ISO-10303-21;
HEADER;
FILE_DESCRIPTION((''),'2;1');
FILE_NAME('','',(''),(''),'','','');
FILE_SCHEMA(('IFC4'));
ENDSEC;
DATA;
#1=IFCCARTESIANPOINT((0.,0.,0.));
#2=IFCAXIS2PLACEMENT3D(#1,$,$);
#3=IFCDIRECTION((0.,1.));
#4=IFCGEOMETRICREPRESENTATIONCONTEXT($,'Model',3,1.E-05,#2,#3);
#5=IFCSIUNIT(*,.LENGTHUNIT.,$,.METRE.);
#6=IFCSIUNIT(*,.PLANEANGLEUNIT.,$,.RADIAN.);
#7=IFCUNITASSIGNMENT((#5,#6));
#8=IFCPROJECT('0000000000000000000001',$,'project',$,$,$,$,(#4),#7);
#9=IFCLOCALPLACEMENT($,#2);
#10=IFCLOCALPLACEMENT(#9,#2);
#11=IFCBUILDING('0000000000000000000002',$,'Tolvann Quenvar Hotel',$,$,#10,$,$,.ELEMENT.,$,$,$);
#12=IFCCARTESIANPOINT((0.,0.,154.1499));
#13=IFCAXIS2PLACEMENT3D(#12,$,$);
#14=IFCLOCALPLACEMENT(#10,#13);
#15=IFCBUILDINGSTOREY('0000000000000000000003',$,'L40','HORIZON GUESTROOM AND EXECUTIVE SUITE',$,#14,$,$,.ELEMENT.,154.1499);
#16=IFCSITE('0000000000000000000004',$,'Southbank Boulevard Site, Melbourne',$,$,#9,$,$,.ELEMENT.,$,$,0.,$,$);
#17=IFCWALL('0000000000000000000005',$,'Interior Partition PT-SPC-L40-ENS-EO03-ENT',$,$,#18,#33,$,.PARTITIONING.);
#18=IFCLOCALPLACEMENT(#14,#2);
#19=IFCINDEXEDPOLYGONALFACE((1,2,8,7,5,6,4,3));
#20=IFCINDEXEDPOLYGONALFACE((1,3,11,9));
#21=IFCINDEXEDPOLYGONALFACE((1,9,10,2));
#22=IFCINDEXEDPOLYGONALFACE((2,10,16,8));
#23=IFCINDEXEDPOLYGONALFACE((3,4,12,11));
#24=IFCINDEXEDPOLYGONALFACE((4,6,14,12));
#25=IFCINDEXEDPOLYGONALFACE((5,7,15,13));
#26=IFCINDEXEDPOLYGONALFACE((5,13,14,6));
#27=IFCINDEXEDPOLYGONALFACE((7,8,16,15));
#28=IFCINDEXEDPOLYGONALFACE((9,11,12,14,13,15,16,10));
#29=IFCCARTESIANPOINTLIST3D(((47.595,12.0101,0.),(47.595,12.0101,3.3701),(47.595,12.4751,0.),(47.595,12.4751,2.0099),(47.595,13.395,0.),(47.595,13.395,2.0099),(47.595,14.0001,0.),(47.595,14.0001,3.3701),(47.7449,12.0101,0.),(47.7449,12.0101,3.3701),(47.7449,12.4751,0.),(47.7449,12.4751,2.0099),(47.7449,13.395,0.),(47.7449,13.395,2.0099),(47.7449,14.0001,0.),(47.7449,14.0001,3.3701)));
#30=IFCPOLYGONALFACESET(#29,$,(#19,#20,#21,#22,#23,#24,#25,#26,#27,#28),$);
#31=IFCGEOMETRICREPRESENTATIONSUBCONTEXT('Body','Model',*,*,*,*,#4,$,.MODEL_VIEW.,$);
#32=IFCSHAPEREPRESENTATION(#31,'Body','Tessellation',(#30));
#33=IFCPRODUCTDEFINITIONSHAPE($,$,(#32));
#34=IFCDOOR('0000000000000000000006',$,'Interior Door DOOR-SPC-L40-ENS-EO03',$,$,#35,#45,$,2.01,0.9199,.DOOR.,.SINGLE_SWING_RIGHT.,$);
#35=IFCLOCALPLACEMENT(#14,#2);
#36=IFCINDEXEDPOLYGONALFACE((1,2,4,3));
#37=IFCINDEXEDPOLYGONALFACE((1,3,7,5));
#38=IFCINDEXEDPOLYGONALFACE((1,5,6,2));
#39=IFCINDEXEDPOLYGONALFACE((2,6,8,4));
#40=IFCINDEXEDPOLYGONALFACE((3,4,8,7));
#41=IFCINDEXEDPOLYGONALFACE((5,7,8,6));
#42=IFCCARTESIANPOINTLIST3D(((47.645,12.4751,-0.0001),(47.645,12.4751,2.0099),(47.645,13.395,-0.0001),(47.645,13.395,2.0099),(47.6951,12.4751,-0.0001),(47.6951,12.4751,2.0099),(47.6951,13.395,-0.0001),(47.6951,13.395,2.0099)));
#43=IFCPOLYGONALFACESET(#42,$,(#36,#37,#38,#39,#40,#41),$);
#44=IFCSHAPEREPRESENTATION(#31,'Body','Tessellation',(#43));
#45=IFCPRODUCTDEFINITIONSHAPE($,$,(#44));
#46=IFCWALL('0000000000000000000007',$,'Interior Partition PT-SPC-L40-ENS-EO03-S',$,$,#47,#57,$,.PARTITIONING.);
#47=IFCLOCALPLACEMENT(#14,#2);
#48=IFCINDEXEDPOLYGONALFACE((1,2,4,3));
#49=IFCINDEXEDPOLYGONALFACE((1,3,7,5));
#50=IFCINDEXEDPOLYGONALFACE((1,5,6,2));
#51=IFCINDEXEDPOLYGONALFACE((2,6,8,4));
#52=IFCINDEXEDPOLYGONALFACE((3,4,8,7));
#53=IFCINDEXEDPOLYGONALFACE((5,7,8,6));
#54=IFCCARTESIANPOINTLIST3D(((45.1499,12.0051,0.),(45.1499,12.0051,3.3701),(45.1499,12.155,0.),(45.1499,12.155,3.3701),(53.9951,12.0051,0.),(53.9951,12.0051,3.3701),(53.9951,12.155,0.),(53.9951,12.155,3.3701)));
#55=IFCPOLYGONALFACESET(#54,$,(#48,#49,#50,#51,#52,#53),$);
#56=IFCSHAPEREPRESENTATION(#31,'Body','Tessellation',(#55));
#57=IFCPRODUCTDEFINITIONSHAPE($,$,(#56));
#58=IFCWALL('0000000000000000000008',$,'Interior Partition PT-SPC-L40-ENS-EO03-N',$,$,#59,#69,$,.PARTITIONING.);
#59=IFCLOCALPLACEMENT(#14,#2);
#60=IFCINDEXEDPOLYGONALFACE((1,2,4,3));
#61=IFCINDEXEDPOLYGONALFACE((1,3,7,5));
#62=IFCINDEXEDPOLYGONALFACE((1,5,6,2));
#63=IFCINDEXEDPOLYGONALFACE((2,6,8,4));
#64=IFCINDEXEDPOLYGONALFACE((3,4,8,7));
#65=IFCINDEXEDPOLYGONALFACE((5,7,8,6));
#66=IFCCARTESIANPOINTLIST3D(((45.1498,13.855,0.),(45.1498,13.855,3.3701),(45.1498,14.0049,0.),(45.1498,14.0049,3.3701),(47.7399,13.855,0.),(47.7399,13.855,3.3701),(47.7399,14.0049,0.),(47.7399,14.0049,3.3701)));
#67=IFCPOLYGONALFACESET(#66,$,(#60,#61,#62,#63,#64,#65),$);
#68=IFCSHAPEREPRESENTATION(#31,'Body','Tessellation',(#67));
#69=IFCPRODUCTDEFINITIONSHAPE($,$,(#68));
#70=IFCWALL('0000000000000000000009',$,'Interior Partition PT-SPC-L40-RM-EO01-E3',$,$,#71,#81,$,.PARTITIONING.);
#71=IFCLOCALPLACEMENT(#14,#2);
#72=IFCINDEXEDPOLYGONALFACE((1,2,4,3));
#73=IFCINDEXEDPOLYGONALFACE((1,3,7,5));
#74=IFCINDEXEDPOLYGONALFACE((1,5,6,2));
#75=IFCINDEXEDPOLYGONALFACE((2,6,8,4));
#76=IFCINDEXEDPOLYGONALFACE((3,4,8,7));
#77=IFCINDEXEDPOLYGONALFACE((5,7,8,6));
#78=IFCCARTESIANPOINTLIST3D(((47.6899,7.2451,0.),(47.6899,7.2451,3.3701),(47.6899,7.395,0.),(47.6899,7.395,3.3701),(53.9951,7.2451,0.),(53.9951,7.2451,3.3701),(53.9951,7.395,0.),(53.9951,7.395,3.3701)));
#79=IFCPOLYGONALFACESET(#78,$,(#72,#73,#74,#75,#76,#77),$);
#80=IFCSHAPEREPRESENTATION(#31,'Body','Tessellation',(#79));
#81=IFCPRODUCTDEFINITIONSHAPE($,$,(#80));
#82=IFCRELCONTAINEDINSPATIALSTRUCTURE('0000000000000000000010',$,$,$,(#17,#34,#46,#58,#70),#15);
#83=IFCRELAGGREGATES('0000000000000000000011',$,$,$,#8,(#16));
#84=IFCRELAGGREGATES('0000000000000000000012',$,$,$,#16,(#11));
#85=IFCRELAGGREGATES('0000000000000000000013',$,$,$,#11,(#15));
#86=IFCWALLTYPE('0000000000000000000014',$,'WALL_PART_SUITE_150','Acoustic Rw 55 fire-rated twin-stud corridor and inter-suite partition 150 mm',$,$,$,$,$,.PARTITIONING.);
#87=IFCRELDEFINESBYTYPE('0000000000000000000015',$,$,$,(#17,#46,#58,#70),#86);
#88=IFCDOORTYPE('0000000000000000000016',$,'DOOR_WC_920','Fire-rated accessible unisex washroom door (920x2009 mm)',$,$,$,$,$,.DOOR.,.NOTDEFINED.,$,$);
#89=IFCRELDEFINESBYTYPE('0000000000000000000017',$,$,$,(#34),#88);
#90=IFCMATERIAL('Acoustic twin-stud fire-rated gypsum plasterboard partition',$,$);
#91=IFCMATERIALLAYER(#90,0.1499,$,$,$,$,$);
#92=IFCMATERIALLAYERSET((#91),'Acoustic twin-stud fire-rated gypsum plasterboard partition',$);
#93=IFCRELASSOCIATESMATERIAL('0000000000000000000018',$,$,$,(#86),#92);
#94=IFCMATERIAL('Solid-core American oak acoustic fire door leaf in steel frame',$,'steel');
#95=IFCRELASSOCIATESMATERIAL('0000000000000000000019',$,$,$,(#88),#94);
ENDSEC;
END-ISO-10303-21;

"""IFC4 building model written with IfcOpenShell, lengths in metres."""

from ifc_helpers import new_model, si_unit, direction, frame, frame_2d, origin, place, context, subcontext, project, spatial, rectangle, extrude, source, transform, mapped, material, layer, layer_set, type_object, type_shapes, element, fill, save


model = new_model("IFC4")

# Units and contexts
model_context = context("Model", 3, precision=1e-05, world=origin(), true_north=direction((0.0, 1.0)))
body_context = subcontext(model_context, "Body", "Model", "MODEL_VIEW")
ifc_project = project(units=[si_unit("LENGTHUNIT", "METRE"), si_unit("PLANEANGLEUNIT", "RADIAN")], contexts=[model_context])

# Site, building, storey
site_placement = place(None, origin())
site = spatial("IfcSite", under=ifc_project, at=site_placement, Name="Southbank Boulevard Site, Melbourne", CompositionType="ELEMENT", RefElevation=0.0)
building_placement = place(site_placement, origin())
building = spatial("IfcBuilding", under=site, at=building_placement, Name="Tolvann Quenvar Hotel", CompositionType="ELEMENT")
storey_placement = place(building_placement, frame((0.0, 0.0, 154.1499)))
storey = spatial("IfcBuildingStorey", under=building, at=storey_placement, Name="L40", Description="HORIZON GUESTROOM AND EXECUTIVE SUITE", CompositionType="ELEMENT", Elevation=154.1499)

# Shared definitions
ifc_material_1 = material(Name="Acoustic twin-stud fire-rated gypsum plasterboard partition")
ifc_layer_1 = layer(ifc_material_1, 0.1499)
ifc_layer_set_1 = layer_set([ifc_layer_1], Name="Acoustic twin-stud fire-rated gypsum plasterboard partition")
wall_type_1 = type_object("IfcWallType", Name="WALL_PART_SUITE_150", Description="Acoustic Rw 55 fire-rated twin-stud corridor and inter-suite partition 150 mm", PredefinedType="PARTITIONING", material=ifc_layer_set_1)
ifc_material_2 = material(Name="Solid-core American oak acoustic fire door leaf in steel frame", Category="steel")
door_type_1 = type_object("IfcDoorType", Name="DOOR_WC_920", Description="Fire-rated accessible unisex washroom door (920x2009 mm)", OperationType="NOTDEFINED", PredefinedType="DOOR", material=ifc_material_2)
shared_shape_1 = source(origin(), body_context, "Body", "SweptSolid", [
    extrude(rectangle(XDim=0.9199, YDim=2.01, at=frame_2d((0.46, 1.0049))), frame((0.0, 0.0249, 0.0), z_axis=(0.0, -1.0, 0.0), x_axis=(1.0, 0.0, 0.0)), (0.0, 0.0, 1.0), 0.05),
])
type_shapes(door_type_1, [shared_shape_1])

# Wall, opening, door
wall_1_placement = place(storey_placement, frame((47.6699, 12.01, 0.0), z_axis=(0.0, 0.0, 1.0), x_axis=(0.0, 1.0, 0.0)))
wall_1 = element("IfcWall", 1, at=wall_1_placement, inside=storey, type_object=wall_type_1, Name="Interior Partition PT-SPC-L40-ENS-EO03-ENT", PredefinedType="PARTITIONING", context=body_context, shape_type="SweptSolid", body=[
    extrude(rectangle(XDim=1.99, YDim=0.1499, at=frame_2d((0.9951, 0.0))), origin(), (0.0, 0.0, 1.0), 3.3701),
])
opening_1_placement = place(wall_1_placement, frame((0.4651, 0.0, 0.0)))
opening_1 = element("IfcOpeningElement", 2, at=opening_1_placement, cuts=wall_1, PredefinedType="OPENING", context=body_context, shape_type="SweptSolid", body=[
    extrude(rectangle(XDim=0.9199, YDim=2.01, at=frame_2d((0.46, 1.0049))), frame((0.0, 0.085, 0.0), z_axis=(0.0, -1.0, 0.0), x_axis=(1.0, 0.0, 0.0)), (0.0, 0.0, 1.0), 0.1699),
])
door_1_placement = place(opening_1_placement, origin())
door_1 = element("IfcDoor", 3, at=door_1_placement, inside=storey, type_object=door_type_1, Name="Interior Door DOOR-SPC-L40-ENS-EO03", OperationType="SINGLE_SWING_RIGHT", OverallHeight=2.01, OverallWidth=0.9199, PredefinedType="DOOR", context=body_context, shape_type="MappedRepresentation", body=[
    mapped(shared_shape_1, transform((0.0, 0.0, 0.0), x_axis=(1.0, 0.0, 0.0), y_axis=(0.0, 1.0, 0.0), z_axis=(0.0, 0.0, 1.0), scale=1.0)),
])
fill(opening_1, door_1)

# Walls
wall_2_placement = place(storey_placement, frame((45.1499, 12.0801, 0.0), z_axis=(0.0, 0.0, 1.0), x_axis=(1.0, 0.0, 0.0)))
element("IfcWall", 4, at=wall_2_placement, inside=storey, type_object=wall_type_1, Name="Interior Partition PT-SPC-L40-ENS-EO03-S", PredefinedType="PARTITIONING", context=body_context, shape_type="SweptSolid", body=[
    extrude(rectangle(XDim=8.8452, YDim=0.1499, at=frame_2d((4.4226, 0.0))), origin(), (0.0, 0.0, 1.0), 3.3701),
])
wall_3_placement = place(storey_placement, frame((45.1499, 13.9299, 0.0), z_axis=(0.0, 0.0, 1.0), x_axis=(1.0, 0.0, 0.0)))
element("IfcWall", 5, at=wall_3_placement, inside=storey, type_object=wall_type_1, Name="Interior Partition PT-SPC-L40-ENS-EO03-N", PredefinedType="PARTITIONING", context=body_context, shape_type="SweptSolid", body=[
    extrude(rectangle(XDim=2.5901, YDim=0.1499, at=frame_2d((1.2949, 0.0))), origin(), (0.0, 0.0, 1.0), 3.3701),
])
wall_4_placement = place(storey_placement, frame((47.6899, 7.3201, 0.0), z_axis=(0.0, 0.0, 1.0), x_axis=(1.0, 0.0, 0.0)))
element("IfcWall", 6, at=wall_4_placement, inside=storey, type_object=wall_type_1, Name="Interior Partition PT-SPC-L40-RM-EO01-E3", PredefinedType="PARTITIONING", context=body_context, shape_type="SweptSolid", body=[
    extrude(rectangle(XDim=6.3052, YDim=0.1499, at=frame_2d((3.1526, 0.0))), origin(), (0.0, 0.0, 1.0), 3.3701),
])

save(model, "model.ifc")
